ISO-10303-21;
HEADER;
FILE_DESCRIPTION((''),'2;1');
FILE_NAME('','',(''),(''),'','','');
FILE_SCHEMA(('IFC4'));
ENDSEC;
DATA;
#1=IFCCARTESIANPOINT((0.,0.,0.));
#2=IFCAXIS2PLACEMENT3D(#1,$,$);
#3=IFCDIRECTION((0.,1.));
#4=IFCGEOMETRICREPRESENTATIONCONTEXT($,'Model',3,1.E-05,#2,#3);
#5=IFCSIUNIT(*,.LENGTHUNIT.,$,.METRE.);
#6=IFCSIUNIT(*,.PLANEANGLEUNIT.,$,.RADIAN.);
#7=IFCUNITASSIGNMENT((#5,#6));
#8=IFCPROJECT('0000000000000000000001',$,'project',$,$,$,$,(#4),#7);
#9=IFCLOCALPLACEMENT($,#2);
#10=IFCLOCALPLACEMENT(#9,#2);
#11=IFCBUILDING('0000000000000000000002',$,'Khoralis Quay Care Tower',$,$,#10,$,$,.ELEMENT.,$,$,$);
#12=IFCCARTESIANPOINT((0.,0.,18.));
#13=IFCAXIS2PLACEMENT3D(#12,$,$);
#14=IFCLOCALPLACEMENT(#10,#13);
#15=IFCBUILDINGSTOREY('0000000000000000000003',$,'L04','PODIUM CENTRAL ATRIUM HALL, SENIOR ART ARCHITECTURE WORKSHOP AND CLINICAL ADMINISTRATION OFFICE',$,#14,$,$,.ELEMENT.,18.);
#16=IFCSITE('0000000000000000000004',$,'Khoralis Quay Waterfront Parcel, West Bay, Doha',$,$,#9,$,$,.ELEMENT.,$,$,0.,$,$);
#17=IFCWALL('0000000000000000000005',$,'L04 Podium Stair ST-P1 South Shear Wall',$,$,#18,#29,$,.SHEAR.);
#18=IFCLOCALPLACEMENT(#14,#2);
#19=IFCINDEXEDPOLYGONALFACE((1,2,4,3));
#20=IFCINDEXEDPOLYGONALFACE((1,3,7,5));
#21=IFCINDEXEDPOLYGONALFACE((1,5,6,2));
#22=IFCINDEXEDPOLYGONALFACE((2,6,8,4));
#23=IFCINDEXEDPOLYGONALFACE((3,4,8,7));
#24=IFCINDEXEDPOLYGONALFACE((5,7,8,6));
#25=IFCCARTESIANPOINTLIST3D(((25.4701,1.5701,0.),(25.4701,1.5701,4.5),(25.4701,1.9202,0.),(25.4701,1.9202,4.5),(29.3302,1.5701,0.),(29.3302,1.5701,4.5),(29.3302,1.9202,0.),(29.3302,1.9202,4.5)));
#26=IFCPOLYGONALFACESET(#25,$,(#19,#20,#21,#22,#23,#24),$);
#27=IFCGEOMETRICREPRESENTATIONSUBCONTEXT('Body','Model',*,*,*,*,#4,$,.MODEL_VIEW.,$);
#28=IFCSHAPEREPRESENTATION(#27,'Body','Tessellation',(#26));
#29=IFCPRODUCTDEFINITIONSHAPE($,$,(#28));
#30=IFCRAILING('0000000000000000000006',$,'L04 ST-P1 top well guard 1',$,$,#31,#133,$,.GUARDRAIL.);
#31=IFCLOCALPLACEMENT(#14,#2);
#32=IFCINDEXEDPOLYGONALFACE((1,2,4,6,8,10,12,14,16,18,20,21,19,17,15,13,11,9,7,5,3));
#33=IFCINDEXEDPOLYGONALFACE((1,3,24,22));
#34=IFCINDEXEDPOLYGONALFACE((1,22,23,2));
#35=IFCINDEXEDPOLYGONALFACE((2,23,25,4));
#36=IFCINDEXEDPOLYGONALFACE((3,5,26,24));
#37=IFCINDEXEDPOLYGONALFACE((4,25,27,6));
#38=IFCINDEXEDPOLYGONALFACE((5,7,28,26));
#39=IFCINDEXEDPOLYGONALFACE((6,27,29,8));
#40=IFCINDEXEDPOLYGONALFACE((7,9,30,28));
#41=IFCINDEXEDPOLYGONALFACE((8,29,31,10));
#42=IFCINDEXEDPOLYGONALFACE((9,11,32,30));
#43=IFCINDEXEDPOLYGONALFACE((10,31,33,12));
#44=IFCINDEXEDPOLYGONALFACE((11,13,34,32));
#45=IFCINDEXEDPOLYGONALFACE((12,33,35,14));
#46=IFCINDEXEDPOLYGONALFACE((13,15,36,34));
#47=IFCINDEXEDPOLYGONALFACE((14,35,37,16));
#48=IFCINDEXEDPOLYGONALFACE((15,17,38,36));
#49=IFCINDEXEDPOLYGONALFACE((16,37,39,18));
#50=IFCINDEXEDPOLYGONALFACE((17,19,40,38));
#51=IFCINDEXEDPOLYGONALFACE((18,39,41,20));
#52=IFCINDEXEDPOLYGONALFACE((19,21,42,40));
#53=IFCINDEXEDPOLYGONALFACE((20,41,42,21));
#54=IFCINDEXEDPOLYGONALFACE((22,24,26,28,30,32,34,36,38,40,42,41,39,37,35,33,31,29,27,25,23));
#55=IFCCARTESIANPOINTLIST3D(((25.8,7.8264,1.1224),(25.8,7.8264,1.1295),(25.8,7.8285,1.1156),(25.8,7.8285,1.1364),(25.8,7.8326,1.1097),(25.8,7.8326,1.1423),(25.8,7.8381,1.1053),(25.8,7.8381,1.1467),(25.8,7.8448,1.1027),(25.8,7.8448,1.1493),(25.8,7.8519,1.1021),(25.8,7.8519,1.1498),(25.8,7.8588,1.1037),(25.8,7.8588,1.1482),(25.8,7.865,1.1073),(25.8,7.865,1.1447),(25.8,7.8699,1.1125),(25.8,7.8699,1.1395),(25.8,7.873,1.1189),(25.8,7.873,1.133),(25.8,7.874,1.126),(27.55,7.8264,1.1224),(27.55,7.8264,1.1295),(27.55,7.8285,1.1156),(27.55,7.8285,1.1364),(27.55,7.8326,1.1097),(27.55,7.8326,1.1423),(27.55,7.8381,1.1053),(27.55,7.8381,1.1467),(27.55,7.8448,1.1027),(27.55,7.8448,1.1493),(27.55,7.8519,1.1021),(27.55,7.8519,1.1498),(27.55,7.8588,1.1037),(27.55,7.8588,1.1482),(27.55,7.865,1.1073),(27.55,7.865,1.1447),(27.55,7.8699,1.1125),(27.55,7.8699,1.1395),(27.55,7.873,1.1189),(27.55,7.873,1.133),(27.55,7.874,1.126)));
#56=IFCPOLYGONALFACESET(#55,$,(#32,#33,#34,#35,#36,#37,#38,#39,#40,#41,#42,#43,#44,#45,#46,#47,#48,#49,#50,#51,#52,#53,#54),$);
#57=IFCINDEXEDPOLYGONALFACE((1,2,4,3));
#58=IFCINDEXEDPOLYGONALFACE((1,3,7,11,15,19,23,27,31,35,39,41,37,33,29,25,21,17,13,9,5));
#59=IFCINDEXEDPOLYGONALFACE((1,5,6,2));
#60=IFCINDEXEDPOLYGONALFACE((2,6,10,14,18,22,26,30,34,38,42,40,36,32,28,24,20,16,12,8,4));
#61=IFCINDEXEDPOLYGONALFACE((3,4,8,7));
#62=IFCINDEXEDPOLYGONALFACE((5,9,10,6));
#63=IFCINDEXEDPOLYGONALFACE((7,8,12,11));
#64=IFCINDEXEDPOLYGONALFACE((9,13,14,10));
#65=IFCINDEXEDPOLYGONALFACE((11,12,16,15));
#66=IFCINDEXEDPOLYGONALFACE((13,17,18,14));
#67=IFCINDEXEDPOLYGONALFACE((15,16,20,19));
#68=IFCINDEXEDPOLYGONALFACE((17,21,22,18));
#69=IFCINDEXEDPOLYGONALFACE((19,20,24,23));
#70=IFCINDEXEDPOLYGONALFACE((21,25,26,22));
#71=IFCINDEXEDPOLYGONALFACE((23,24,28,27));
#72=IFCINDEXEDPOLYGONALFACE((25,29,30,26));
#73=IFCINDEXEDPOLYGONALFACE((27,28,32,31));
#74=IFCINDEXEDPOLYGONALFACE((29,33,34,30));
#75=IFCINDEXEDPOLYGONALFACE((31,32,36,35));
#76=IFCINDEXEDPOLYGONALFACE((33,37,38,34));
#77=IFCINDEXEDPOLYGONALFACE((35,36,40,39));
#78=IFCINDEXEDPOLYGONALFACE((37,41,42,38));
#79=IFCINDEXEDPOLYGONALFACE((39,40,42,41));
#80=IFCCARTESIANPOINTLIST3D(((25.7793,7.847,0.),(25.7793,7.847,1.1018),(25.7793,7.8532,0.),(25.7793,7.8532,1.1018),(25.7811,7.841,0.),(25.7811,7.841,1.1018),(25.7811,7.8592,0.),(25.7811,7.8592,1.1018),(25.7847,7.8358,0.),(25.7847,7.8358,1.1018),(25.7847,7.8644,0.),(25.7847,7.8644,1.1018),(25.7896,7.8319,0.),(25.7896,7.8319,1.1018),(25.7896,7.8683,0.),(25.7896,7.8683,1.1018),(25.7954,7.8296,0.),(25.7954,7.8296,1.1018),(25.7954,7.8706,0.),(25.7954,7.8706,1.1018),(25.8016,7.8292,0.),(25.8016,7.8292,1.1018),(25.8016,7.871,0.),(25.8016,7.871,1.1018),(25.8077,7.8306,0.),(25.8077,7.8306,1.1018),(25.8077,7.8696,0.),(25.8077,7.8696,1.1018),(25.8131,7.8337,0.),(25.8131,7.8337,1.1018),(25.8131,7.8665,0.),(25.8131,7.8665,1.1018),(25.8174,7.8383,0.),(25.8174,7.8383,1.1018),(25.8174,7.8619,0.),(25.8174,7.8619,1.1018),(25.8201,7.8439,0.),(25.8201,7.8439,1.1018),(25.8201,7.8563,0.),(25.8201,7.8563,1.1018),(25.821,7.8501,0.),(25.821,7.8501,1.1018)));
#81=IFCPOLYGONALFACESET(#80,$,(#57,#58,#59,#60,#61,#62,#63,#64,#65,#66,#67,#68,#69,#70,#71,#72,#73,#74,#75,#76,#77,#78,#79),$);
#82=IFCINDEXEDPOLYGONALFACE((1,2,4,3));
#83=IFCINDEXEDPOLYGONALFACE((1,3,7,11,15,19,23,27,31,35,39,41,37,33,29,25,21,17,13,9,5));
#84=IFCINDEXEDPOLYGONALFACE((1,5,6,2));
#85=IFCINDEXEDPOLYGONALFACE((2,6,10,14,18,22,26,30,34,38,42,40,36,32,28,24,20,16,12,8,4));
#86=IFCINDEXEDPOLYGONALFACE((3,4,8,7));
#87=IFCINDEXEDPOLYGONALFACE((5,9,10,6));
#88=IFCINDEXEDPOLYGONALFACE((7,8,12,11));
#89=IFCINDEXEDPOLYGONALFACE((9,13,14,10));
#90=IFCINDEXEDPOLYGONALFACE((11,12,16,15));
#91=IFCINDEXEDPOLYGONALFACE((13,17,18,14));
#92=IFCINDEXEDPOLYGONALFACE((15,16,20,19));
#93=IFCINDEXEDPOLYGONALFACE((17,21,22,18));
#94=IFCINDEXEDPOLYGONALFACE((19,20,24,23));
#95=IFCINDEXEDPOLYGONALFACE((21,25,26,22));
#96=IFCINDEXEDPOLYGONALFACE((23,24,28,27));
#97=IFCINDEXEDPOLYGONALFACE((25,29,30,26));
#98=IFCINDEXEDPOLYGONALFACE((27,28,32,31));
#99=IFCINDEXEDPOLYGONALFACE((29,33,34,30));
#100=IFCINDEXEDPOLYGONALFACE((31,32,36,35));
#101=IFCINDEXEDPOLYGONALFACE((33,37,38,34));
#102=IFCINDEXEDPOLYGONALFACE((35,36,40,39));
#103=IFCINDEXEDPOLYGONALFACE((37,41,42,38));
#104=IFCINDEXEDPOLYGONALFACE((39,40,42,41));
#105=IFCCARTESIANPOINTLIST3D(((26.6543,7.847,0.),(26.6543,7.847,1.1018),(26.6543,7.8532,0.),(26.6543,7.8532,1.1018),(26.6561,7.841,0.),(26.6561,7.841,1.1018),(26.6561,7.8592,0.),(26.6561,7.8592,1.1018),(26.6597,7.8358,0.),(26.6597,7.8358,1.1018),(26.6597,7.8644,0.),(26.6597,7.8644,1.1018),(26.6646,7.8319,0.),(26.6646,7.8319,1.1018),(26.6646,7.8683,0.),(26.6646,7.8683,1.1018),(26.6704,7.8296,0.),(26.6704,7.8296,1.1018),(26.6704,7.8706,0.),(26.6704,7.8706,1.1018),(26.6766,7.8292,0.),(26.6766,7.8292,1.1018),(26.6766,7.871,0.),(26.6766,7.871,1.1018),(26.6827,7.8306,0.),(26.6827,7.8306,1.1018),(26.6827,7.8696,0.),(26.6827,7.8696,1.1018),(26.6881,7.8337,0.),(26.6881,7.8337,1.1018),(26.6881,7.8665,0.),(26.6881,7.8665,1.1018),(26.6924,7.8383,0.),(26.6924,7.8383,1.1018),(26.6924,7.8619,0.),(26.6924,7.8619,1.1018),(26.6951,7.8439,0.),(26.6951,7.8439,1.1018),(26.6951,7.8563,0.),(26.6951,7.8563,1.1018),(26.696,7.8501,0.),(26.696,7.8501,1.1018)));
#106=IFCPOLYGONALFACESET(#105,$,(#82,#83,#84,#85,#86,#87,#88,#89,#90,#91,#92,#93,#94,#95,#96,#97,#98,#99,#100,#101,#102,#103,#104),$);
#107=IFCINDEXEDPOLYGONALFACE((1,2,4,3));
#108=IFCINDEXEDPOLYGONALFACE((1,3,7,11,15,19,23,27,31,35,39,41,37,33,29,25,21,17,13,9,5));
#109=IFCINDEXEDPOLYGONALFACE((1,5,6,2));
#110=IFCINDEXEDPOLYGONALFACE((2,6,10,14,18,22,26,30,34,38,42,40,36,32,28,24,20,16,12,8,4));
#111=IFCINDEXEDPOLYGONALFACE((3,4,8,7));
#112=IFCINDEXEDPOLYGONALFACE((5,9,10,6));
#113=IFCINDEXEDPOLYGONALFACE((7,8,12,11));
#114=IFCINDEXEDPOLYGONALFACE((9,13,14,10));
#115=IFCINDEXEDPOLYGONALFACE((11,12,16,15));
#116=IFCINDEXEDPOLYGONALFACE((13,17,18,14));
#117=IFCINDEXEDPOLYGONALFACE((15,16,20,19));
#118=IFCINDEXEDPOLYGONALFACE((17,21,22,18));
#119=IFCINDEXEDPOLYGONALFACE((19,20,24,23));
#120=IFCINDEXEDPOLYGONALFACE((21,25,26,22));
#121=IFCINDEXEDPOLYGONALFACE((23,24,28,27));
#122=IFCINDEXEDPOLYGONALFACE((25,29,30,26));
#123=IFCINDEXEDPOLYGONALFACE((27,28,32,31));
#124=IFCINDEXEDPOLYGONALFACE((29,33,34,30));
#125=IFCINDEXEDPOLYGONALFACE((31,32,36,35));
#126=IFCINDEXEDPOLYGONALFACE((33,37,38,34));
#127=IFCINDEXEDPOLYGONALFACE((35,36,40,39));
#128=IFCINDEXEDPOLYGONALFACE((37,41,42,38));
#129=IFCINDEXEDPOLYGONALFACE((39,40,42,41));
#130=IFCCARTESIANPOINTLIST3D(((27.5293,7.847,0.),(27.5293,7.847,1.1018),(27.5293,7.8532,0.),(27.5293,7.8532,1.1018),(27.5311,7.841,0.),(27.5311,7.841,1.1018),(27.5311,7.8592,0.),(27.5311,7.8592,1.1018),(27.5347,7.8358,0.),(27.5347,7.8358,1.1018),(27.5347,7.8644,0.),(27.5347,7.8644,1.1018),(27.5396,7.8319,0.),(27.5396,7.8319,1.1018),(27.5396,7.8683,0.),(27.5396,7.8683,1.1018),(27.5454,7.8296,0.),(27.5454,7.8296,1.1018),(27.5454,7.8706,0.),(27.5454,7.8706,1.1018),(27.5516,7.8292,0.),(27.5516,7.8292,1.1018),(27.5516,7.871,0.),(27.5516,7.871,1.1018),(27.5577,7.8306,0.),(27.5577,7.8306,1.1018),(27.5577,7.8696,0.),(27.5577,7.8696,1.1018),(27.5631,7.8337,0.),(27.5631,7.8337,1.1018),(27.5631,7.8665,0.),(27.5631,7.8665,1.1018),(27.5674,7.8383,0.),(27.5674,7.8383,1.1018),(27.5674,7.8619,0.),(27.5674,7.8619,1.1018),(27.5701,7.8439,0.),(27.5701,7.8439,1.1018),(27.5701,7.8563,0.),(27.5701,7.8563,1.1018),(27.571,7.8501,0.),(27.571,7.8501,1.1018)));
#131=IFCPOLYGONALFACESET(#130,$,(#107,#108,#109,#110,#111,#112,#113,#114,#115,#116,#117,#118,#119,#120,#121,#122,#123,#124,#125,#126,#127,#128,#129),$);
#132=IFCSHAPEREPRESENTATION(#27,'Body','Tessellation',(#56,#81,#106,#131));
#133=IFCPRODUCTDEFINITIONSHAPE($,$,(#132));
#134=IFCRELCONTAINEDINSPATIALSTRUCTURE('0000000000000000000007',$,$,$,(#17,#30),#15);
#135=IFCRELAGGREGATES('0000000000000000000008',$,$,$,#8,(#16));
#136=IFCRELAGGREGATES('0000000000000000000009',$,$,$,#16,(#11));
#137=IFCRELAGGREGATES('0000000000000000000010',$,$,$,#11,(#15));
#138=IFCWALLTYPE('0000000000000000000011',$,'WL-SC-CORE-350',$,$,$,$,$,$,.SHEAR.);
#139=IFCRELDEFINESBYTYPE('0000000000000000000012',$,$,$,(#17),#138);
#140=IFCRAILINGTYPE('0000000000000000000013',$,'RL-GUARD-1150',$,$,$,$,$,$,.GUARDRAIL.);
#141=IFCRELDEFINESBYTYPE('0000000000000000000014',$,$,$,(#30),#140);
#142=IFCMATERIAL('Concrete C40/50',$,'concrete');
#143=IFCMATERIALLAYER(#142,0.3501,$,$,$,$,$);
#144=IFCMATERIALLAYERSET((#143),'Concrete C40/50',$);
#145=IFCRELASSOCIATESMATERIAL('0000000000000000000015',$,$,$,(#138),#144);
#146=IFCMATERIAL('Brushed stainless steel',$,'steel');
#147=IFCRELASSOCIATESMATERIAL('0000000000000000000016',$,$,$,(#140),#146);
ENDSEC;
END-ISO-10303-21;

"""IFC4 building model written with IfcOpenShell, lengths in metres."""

from ifc_helpers import new_model, si_unit, direction, frame, frame_2d, origin, origin_2d, place, context, subcontext, project, spatial, rectangle, circle, extrude, material, layer, layer_set, type_object, element, save


model = new_model("IFC4")

# Units and contexts
model_context = context("Model", 3, precision=1e-05, world=origin(), true_north=direction((0.0, 1.0)))
body_context = subcontext(model_context, "Body", "Model", "MODEL_VIEW")
ifc_project = project(units=[si_unit("LENGTHUNIT", "METRE"), si_unit("PLANEANGLEUNIT", "RADIAN")], contexts=[model_context])

# Site, building, storey
site_placement = place(None, origin())
site = spatial("IfcSite", under=ifc_project, at=site_placement, Name="Khoralis Quay Waterfront Parcel, West Bay, Doha", CompositionType="ELEMENT", RefElevation=0.0)
building_placement = place(site_placement, origin())
building = spatial("IfcBuilding", under=site, at=building_placement, Name="Khoralis Quay Care Tower", CompositionType="ELEMENT")
storey_placement = place(building_placement, frame((0.0, 0.0, 18.0)))
storey = spatial("IfcBuildingStorey", under=building, at=storey_placement, Name="L04", Description="PODIUM CENTRAL ATRIUM HALL, SENIOR ART ARCHITECTURE WORKSHOP AND CLINICAL ADMINISTRATION OFFICE", CompositionType="ELEMENT", Elevation=18.0)

# Shared definitions
ifc_material_1 = material(Name="Brushed stainless steel", Category="steel")

# Wall
ifc_material_2 = material(Name="Concrete C40/50", Category="concrete")
ifc_layer_1 = layer(ifc_material_2, 0.3501)
ifc_layer_set_1 = layer_set([ifc_layer_1], Name="Concrete C40/50")
wall_type_1 = type_object("IfcWallType", Name="WL-SC-CORE-350", PredefinedType="SHEAR", material=ifc_layer_set_1)
wall_1_placement = place(storey_placement, frame((25.47, 1.7451, 0.0), z_axis=(0.0, 0.0, 1.0), x_axis=(1.0, 0.0, 0.0)))
element("IfcWall", 1, at=wall_1_placement, inside=storey, type_object=wall_type_1, Name="L04 Podium Stair ST-P1 South Shear Wall", PredefinedType="SHEAR", context=body_context, shape_type="SweptSolid", body=[
    extrude(rectangle(XDim=3.8601, YDim=0.3501, at=frame_2d((1.9302, 0.0))), origin(), (0.0, 0.0, 1.0), 4.5),
])

# Railing
railing_type = type_object("IfcRailingType", Name="RL-GUARD-1150", PredefinedType="GUARDRAIL", material=ifc_material_1)
railing_placement = place(storey_placement, frame((25.8, 7.8501, 0.0)))
element("IfcRailing", 2, at=railing_placement, inside=storey, type_object=railing_type, Name="L04 ST-P1 top well guard 1", PredefinedType="GUARDRAIL", context=body_context, shape_type="SweptSolid", body=[
    extrude(circle(Radius=0.0239, at=origin_2d()), frame((0.0, 0.0, 1.126), z_axis=(1.0, 0.0, 0.0), x_axis=(0.0, 1.0, 0.0)), (0.0, 0.0, 1.0), 1.75),
    extrude(circle(Radius=0.021, at=origin_2d()), origin(), (0.0, 0.0, 1.0), 1.1018),
    extrude(circle(Radius=0.021, at=origin_2d()), frame((0.875, 0.0, 0.0)), (0.0, 0.0, 1.0), 1.1018),
    extrude(circle(Radius=0.021, at=origin_2d()), frame((1.75, 0.0, 0.0)), (0.0, 0.0, 1.0), 1.1018),
])

save(model, "model.ifc")
